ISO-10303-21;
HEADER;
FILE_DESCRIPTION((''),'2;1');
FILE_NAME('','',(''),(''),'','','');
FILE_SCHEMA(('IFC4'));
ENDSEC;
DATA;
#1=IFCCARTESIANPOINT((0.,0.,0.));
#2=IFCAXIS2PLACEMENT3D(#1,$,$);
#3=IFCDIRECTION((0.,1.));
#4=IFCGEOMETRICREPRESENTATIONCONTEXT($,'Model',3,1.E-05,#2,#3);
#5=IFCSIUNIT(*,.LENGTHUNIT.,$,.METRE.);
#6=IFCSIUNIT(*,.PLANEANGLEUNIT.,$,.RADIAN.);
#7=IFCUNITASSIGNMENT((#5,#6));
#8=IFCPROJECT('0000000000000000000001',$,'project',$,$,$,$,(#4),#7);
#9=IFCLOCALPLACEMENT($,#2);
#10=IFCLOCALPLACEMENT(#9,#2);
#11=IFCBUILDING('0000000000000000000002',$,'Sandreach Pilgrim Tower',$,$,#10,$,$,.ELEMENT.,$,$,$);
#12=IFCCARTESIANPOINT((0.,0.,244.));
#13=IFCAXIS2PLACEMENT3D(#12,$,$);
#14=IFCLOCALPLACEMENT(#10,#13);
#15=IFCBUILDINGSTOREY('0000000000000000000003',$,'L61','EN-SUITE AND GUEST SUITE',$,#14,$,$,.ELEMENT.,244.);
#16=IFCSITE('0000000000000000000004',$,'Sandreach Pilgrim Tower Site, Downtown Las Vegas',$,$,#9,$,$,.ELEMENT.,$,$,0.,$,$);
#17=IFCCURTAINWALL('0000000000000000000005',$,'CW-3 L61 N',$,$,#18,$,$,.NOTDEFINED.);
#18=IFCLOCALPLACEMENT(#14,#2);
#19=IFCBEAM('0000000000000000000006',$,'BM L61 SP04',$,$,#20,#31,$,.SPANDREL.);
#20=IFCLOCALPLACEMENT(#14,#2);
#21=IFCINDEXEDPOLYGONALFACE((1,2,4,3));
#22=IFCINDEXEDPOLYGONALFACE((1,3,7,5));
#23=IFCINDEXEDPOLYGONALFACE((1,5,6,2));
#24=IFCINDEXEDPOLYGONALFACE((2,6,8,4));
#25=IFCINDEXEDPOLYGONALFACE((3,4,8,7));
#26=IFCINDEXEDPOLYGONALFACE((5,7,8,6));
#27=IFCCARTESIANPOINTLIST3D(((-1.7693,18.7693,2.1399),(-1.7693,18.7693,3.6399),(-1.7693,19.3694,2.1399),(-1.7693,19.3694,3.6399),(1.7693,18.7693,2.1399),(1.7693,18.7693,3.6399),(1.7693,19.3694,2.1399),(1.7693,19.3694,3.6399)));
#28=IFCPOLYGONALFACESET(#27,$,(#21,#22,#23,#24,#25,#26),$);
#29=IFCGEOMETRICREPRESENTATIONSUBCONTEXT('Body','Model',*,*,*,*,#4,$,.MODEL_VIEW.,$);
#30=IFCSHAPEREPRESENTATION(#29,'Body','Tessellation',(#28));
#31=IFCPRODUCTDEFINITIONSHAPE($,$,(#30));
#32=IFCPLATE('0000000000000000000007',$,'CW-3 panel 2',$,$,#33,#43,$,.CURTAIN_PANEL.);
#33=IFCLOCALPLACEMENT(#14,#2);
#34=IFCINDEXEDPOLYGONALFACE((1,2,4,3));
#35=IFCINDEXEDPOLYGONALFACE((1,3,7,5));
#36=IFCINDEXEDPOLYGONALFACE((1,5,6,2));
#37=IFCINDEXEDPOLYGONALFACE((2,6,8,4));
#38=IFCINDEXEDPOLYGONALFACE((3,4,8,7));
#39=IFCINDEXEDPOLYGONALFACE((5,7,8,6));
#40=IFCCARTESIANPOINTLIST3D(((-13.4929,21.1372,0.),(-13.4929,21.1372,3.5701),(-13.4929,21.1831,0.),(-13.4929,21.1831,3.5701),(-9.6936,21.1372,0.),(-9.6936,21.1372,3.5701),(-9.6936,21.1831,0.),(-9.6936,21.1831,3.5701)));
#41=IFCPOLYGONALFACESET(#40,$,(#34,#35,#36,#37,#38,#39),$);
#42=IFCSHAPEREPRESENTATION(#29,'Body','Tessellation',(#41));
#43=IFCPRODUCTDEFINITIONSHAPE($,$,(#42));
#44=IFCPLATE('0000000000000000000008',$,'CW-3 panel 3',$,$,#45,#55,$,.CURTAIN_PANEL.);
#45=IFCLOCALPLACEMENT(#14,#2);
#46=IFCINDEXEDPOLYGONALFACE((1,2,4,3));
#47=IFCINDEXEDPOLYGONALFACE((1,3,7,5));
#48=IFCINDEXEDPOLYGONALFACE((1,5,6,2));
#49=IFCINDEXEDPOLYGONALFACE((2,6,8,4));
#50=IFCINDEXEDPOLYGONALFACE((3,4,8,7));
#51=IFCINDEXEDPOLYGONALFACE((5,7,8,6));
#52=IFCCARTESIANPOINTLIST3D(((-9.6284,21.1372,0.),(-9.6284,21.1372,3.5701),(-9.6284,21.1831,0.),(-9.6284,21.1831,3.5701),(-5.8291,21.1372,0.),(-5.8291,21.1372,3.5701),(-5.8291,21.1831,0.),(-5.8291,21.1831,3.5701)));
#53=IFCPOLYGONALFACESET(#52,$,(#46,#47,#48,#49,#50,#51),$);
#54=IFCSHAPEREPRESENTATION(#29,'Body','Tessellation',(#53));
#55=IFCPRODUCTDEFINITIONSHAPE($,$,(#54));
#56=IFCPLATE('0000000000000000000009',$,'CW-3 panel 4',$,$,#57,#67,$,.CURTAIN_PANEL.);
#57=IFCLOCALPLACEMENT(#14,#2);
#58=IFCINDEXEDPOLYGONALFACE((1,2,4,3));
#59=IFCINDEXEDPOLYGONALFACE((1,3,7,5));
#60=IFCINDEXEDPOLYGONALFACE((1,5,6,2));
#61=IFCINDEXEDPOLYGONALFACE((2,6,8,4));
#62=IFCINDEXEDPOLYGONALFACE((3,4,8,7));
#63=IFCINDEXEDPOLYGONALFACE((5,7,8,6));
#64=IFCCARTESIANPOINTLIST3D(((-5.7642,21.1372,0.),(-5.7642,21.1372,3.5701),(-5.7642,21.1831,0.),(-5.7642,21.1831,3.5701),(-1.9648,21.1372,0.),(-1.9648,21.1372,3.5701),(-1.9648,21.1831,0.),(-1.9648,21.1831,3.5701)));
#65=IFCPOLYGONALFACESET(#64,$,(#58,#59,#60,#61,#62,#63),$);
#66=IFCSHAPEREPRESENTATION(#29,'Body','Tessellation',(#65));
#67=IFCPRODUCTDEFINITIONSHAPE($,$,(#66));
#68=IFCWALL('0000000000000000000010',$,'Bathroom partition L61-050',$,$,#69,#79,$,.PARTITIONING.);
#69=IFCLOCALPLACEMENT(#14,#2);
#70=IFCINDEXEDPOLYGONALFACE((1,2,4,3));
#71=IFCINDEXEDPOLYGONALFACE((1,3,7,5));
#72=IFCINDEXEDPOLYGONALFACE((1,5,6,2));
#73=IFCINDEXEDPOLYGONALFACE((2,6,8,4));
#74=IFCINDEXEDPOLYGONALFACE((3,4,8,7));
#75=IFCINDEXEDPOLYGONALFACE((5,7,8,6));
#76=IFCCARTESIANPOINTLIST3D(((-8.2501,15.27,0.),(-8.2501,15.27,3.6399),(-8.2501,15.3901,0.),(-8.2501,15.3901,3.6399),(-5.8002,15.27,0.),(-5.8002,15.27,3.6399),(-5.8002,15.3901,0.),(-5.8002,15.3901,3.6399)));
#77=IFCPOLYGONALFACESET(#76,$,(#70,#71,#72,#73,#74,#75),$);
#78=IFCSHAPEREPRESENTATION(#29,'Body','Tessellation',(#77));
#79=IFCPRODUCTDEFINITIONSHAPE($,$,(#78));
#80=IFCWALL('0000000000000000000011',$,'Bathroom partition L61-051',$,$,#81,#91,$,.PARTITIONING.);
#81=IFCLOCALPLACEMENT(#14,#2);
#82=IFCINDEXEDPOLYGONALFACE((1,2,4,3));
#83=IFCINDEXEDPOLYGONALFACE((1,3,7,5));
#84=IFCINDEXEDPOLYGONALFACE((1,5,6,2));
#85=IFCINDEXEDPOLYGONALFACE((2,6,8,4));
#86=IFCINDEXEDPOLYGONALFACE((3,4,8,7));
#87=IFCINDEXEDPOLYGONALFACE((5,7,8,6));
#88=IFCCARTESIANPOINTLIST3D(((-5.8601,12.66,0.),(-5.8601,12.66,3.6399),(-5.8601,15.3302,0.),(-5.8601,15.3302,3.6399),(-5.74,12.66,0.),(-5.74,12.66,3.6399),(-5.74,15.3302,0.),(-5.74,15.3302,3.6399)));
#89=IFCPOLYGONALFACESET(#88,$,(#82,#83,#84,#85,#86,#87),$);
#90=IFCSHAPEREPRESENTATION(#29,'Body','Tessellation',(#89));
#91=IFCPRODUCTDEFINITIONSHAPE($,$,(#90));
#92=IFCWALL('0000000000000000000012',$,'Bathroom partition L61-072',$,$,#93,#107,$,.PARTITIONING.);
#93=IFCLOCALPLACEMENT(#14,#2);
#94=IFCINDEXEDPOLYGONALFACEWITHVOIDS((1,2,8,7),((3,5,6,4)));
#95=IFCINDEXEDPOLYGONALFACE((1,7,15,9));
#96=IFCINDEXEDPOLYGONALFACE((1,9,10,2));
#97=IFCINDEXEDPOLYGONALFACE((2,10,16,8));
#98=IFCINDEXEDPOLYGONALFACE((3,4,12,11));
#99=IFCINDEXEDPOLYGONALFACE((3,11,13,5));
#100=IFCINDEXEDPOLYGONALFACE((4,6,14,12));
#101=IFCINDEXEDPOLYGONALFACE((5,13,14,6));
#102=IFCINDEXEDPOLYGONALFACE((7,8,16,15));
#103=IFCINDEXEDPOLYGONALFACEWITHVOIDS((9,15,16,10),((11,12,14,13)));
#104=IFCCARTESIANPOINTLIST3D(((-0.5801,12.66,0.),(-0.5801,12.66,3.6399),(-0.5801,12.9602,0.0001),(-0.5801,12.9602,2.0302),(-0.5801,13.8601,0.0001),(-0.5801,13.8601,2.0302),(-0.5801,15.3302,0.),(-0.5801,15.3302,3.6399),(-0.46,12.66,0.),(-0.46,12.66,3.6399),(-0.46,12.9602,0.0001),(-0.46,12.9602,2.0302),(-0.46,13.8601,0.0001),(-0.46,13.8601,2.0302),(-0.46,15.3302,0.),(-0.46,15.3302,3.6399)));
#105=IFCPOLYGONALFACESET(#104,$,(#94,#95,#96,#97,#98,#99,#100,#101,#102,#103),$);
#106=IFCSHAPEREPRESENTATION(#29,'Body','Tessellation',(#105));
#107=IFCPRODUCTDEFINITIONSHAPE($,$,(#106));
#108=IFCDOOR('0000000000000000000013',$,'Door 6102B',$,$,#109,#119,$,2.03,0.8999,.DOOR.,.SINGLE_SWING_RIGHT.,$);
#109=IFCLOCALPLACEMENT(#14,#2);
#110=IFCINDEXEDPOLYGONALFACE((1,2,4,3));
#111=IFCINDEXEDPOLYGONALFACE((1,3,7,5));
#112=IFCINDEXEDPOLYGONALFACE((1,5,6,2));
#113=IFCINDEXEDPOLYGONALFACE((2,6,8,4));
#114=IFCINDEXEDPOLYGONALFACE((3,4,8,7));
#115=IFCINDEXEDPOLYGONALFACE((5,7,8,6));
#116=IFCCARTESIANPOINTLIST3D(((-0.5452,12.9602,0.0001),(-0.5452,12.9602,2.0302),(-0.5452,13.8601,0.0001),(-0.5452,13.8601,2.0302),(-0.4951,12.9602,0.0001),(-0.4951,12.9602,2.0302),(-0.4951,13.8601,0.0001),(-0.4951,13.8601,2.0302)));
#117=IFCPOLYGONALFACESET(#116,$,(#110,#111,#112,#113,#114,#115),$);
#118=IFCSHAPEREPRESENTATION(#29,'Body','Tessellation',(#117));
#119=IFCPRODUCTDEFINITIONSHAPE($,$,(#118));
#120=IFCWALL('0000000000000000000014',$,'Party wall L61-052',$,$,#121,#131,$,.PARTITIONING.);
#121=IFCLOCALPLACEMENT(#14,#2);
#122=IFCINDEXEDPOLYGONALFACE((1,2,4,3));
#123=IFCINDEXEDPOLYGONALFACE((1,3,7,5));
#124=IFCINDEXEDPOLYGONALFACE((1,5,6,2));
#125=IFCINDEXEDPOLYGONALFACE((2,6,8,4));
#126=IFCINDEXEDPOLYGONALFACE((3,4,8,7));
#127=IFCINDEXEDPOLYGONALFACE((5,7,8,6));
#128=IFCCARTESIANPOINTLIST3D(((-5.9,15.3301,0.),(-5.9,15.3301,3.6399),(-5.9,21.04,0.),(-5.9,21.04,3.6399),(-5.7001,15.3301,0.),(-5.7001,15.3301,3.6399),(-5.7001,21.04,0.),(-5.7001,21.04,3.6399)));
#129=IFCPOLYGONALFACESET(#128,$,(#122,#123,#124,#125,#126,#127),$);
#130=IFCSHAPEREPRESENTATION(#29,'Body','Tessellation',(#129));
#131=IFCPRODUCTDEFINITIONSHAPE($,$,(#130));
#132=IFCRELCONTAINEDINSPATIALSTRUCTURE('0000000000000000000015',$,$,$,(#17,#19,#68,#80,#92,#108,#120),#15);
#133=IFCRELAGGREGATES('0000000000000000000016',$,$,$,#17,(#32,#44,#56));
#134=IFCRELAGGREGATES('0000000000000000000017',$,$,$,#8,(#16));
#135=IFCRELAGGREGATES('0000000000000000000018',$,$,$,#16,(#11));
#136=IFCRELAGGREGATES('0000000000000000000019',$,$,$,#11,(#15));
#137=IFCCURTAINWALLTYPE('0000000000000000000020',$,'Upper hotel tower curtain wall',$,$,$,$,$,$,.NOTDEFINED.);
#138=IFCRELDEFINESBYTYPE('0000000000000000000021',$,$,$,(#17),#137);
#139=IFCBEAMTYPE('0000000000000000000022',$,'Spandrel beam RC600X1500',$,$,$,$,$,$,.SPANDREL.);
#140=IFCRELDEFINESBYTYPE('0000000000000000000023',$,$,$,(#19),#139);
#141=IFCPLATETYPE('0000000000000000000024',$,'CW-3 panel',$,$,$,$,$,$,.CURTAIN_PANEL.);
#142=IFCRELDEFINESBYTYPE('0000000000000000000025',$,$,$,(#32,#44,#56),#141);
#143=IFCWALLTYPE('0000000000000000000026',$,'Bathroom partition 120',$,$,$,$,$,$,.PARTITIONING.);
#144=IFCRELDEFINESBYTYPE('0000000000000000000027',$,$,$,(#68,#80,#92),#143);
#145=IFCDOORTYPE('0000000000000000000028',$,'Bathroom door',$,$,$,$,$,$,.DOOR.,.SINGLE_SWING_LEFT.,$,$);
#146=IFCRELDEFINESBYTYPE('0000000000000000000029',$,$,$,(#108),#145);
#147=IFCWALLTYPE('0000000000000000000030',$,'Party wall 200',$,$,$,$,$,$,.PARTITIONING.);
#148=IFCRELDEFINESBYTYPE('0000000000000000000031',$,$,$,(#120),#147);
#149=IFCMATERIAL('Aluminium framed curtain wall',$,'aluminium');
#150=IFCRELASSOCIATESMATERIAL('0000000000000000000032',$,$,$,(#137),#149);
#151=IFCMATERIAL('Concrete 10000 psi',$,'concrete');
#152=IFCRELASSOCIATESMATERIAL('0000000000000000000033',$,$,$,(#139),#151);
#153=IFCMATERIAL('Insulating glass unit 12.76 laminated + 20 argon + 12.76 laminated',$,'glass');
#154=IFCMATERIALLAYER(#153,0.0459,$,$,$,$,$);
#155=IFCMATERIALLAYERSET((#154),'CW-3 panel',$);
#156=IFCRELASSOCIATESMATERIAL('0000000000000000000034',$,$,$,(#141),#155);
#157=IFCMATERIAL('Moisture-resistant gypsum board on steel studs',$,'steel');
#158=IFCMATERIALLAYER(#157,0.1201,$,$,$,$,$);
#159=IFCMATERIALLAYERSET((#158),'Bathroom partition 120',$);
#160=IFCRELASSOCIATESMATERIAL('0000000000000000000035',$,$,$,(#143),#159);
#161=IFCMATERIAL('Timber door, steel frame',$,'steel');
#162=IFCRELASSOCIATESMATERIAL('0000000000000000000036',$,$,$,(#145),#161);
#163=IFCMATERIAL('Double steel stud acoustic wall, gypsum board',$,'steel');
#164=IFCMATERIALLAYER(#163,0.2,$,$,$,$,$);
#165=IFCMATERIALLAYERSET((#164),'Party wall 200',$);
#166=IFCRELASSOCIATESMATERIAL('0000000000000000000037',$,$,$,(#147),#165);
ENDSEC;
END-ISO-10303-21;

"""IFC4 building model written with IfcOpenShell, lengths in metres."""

from ifc_helpers import new_model, si_unit, direction, frame, frame_2d, origin, origin_2d, place, context, subcontext, project, spatial, rectangle, extrude, material, layer, layer_set, material_profile, profile_set, type_object, element, fill, aggregate, save


model = new_model("IFC4")

# Units and contexts
model_context = context("Model", 3, precision=1e-05, world=origin(), true_north=direction((0.0, 1.0)))
body_context = subcontext(model_context, "Body", "Model", "MODEL_VIEW")
ifc_project = project(units=[si_unit("LENGTHUNIT", "METRE"), si_unit("PLANEANGLEUNIT", "RADIAN")], contexts=[model_context])

# Site, building, storey
site_placement = place(None, origin())
site = spatial("IfcSite", under=ifc_project, at=site_placement, Name="Sandreach Pilgrim Tower Site, Downtown Las Vegas", CompositionType="ELEMENT", RefElevation=0.0)
building_placement = place(site_placement, origin())
building = spatial("IfcBuilding", under=site, at=building_placement, Name="Sandreach Pilgrim Tower", CompositionType="ELEMENT")
storey_placement = place(building_placement, frame((0.0, 0.0, 244.0)))
storey = spatial("IfcBuildingStorey", under=building, at=storey_placement, Name="L61", Description="EN-SUITE AND GUEST SUITE", CompositionType="ELEMENT", Elevation=244.0)

# Curtain wall
ifc_material_1 = material(Name="Aluminium framed curtain wall", Category="aluminium")
curtain_wall_type = type_object("IfcCurtainWallType", Name="Upper hotel tower curtain wall", PredefinedType="NOTDEFINED", material=ifc_material_1)
curtain_wall_placement = place(storey_placement, origin())
curtain_wall = element("IfcCurtainWall", 1, at=curtain_wall_placement, inside=storey, type_object=curtain_wall_type, Name="CW-3 L61 N", PredefinedType="NOTDEFINED")

# Beam
ifc_material_2 = material(Name="Concrete 10000 psi", Category="concrete")
ifc_material_profile_1 = material_profile(ifc_material_2, rectangle(XDim=0.6001, YDim=1.5, at=origin_2d()), Name="RC600X1500")
ifc_profile_set_1 = profile_set([ifc_material_profile_1], Name="Concrete 10000 psi")
beam_type_1 = type_object("IfcBeamType", Name="Spandrel beam RC600X1500", PredefinedType="SPANDREL", material=ifc_profile_set_1)
beam_1_placement = place(storey_placement, frame((-1.7693, 19.0693, 2.8899), z_axis=(1.0, 0.0, 0.0), x_axis=(0.0, 1.0, 0.0)))
element("IfcBeam", 2, at=beam_1_placement, inside=storey, type_object=beam_type_1, Name="BM L61 SP04", PredefinedType="SPANDREL", context=body_context, shape_type="SweptSolid", body=[
    extrude(rectangle(XDim=0.6001, YDim=1.5, at=origin_2d()), origin(), (0.0, 0.0, 1.0), 3.5386),
])

# Plates
ifc_material_3 = material(Name="Insulating glass unit 12.76 laminated + 20 argon + 12.76 laminated", Category="glass")
ifc_layer_1 = layer(ifc_material_3, 0.0459)
ifc_layer_set_1 = layer_set([ifc_layer_1], Name="CW-3 panel")
plate_type = type_object("IfcPlateType", Name="CW-3 panel", PredefinedType="CURTAIN_PANEL", material=ifc_layer_set_1)
plate_1_placement = place(storey_placement, frame((-11.5933, 21.1602, 0.0), z_axis=(0.0, 0.0, 1.0), x_axis=(1.0, 0.0, 0.0)))
plate_1 = element("IfcPlate", 3, at=plate_1_placement, type_object=plate_type, Name="CW-3 panel 2", PredefinedType="CURTAIN_PANEL", context=body_context, shape_type="SweptSolid", body=[
    extrude(rectangle(XDim=3.7993, YDim=0.0459, at=origin_2d()), origin(), (0.0, 0.0, 1.0), 3.5701),
])
plate_2_placement = place(storey_placement, frame((-7.7288, 21.1602, 0.0), z_axis=(0.0, 0.0, 1.0), x_axis=(1.0, 0.0, 0.0)))
plate_2 = element("IfcPlate", 4, at=plate_2_placement, type_object=plate_type, Name="CW-3 panel 3", PredefinedType="CURTAIN_PANEL", context=body_context, shape_type="SweptSolid", body=[
    extrude(rectangle(XDim=3.7993, YDim=0.0459, at=origin_2d()), origin(), (0.0, 0.0, 1.0), 3.5701),
])
plate_3_placement = place(storey_placement, frame((-3.8645, 21.1602, 0.0), z_axis=(0.0, 0.0, 1.0), x_axis=(1.0, 0.0, 0.0)))
plate_3 = element("IfcPlate", 5, at=plate_3_placement, type_object=plate_type, Name="CW-3 panel 4", PredefinedType="CURTAIN_PANEL", context=body_context, shape_type="SweptSolid", body=[
    extrude(rectangle(XDim=3.7993, YDim=0.0459, at=origin_2d()), origin(), (0.0, 0.0, 1.0), 3.5701),
])
aggregate(curtain_wall, [plate_1, plate_2, plate_3])

# Walls
ifc_material_4 = material(Name="Moisture-resistant gypsum board on steel studs", Category="steel")
ifc_layer_2 = layer(ifc_material_4, 0.1201)
ifc_layer_set_2 = layer_set([ifc_layer_2], Name="Bathroom partition 120")
wall_type_1 = type_object("IfcWallType", Name="Bathroom partition 120", PredefinedType="PARTITIONING", material=ifc_layer_set_2)
wall_1_placement = place(storey_placement, frame((-5.8, 15.3301, 0.0), z_axis=(0.0, 0.0, 1.0), x_axis=(-1.0, 0.0, 0.0)))
element("IfcWall", 6, at=wall_1_placement, inside=storey, type_object=wall_type_1, Name="Bathroom partition L61-050", PredefinedType="PARTITIONING", context=body_context, shape_type="SweptSolid", body=[
    extrude(rectangle(XDim=2.45, YDim=0.1201, at=frame_2d((1.2251, 0.0))), origin(), (0.0, 0.0, 1.0), 3.6399),
])
wall_2_placement = place(storey_placement, frame((-5.8, 15.3301, 0.0), z_axis=(0.0, 0.0, 1.0), x_axis=(0.0, -1.0, 0.0)))
element("IfcWall", 7, at=wall_2_placement, inside=storey, type_object=wall_type_1, Name="Bathroom partition L61-051", PredefinedType="PARTITIONING", context=body_context, shape_type="SweptSolid", body=[
    extrude(rectangle(XDim=2.6702, YDim=0.1201, at=frame_2d((1.335, 0.0))), origin(), (0.0, 0.0, 1.0), 3.6399),
])

# Wall, opening, door
wall_3_placement = place(storey_placement, frame((-0.52, 15.3301, 0.0), z_axis=(0.0, 0.0, 1.0), x_axis=(0.0, -1.0, 0.0)))
wall_3 = element("IfcWall", 8, at=wall_3_placement, inside=storey, type_object=wall_type_1, Name="Bathroom partition L61-072", PredefinedType="PARTITIONING", context=body_context, shape_type="SweptSolid", body=[
    extrude(rectangle(XDim=2.6702, YDim=0.1201, at=frame_2d((1.335, 0.0))), origin(), (0.0, 0.0, 1.0), 3.6399),
])
opening_placement = place(wall_3_placement, frame((1.47, 0.0, 0.0)))
opening = element("IfcOpeningElement", 9, at=opening_placement, cuts=wall_3, PredefinedType="OPENING", context=body_context, shape_type="SweptSolid", body=[
    extrude(rectangle(XDim=0.8999, YDim=2.03, at=frame_2d((0.45, 1.0151))), frame((0.0, 0.0601, 0.0), z_axis=(0.0, -1.0, 0.0), x_axis=(1.0, 0.0, 0.0)), (0.0, 0.0, 1.0), 0.1201),
])
ifc_material_5 = material(Name="Timber door, steel frame", Category="steel")
door_type = type_object("IfcDoorType", Name="Bathroom door", OperationType="SINGLE_SWING_LEFT", PredefinedType="DOOR", material=ifc_material_5)
door_placement = place(opening_placement, origin())
door = element("IfcDoor", 10, at=door_placement, inside=storey, type_object=door_type, Name="Door 6102B", OperationType="SINGLE_SWING_RIGHT", OverallHeight=2.03, OverallWidth=0.8999, PredefinedType="DOOR", context=body_context, shape_type="SweptSolid", body=[
    extrude(rectangle(XDim=0.8999, YDim=2.03, at=frame_2d((0.45, 1.0151))), frame((0.0, 0.0249, 0.0), z_axis=(0.0, -1.0, 0.0), x_axis=(1.0, 0.0, 0.0)), (0.0, 0.0, 1.0), 0.05),
])
fill(opening, door)

# Wall
ifc_material_6 = material(Name="Double steel stud acoustic wall, gypsum board", Category="steel")
ifc_layer_3 = layer(ifc_material_6, 0.2)
ifc_layer_set_3 = layer_set([ifc_layer_3], Name="Party wall 200")
wall_type_2 = type_object("IfcWallType", Name="Party wall 200", PredefinedType="PARTITIONING", material=ifc_layer_set_3)
wall_4_placement = place(storey_placement, frame((-5.8, 21.04, 0.0), z_axis=(0.0, 0.0, 1.0), x_axis=(0.0, -1.0, 0.0)))
element("IfcWall", 11, at=wall_4_placement, inside=storey, type_object=wall_type_2, Name="Party wall L61-052", PredefinedType="PARTITIONING", context=body_context, shape_type="SweptSolid", body=[
    extrude(rectangle(XDim=5.71, YDim=0.2, at=frame_2d((2.855, 0.0))), origin(), (0.0, 0.0, 1.0), 3.6399),
])

save(model, "model.ifc")
